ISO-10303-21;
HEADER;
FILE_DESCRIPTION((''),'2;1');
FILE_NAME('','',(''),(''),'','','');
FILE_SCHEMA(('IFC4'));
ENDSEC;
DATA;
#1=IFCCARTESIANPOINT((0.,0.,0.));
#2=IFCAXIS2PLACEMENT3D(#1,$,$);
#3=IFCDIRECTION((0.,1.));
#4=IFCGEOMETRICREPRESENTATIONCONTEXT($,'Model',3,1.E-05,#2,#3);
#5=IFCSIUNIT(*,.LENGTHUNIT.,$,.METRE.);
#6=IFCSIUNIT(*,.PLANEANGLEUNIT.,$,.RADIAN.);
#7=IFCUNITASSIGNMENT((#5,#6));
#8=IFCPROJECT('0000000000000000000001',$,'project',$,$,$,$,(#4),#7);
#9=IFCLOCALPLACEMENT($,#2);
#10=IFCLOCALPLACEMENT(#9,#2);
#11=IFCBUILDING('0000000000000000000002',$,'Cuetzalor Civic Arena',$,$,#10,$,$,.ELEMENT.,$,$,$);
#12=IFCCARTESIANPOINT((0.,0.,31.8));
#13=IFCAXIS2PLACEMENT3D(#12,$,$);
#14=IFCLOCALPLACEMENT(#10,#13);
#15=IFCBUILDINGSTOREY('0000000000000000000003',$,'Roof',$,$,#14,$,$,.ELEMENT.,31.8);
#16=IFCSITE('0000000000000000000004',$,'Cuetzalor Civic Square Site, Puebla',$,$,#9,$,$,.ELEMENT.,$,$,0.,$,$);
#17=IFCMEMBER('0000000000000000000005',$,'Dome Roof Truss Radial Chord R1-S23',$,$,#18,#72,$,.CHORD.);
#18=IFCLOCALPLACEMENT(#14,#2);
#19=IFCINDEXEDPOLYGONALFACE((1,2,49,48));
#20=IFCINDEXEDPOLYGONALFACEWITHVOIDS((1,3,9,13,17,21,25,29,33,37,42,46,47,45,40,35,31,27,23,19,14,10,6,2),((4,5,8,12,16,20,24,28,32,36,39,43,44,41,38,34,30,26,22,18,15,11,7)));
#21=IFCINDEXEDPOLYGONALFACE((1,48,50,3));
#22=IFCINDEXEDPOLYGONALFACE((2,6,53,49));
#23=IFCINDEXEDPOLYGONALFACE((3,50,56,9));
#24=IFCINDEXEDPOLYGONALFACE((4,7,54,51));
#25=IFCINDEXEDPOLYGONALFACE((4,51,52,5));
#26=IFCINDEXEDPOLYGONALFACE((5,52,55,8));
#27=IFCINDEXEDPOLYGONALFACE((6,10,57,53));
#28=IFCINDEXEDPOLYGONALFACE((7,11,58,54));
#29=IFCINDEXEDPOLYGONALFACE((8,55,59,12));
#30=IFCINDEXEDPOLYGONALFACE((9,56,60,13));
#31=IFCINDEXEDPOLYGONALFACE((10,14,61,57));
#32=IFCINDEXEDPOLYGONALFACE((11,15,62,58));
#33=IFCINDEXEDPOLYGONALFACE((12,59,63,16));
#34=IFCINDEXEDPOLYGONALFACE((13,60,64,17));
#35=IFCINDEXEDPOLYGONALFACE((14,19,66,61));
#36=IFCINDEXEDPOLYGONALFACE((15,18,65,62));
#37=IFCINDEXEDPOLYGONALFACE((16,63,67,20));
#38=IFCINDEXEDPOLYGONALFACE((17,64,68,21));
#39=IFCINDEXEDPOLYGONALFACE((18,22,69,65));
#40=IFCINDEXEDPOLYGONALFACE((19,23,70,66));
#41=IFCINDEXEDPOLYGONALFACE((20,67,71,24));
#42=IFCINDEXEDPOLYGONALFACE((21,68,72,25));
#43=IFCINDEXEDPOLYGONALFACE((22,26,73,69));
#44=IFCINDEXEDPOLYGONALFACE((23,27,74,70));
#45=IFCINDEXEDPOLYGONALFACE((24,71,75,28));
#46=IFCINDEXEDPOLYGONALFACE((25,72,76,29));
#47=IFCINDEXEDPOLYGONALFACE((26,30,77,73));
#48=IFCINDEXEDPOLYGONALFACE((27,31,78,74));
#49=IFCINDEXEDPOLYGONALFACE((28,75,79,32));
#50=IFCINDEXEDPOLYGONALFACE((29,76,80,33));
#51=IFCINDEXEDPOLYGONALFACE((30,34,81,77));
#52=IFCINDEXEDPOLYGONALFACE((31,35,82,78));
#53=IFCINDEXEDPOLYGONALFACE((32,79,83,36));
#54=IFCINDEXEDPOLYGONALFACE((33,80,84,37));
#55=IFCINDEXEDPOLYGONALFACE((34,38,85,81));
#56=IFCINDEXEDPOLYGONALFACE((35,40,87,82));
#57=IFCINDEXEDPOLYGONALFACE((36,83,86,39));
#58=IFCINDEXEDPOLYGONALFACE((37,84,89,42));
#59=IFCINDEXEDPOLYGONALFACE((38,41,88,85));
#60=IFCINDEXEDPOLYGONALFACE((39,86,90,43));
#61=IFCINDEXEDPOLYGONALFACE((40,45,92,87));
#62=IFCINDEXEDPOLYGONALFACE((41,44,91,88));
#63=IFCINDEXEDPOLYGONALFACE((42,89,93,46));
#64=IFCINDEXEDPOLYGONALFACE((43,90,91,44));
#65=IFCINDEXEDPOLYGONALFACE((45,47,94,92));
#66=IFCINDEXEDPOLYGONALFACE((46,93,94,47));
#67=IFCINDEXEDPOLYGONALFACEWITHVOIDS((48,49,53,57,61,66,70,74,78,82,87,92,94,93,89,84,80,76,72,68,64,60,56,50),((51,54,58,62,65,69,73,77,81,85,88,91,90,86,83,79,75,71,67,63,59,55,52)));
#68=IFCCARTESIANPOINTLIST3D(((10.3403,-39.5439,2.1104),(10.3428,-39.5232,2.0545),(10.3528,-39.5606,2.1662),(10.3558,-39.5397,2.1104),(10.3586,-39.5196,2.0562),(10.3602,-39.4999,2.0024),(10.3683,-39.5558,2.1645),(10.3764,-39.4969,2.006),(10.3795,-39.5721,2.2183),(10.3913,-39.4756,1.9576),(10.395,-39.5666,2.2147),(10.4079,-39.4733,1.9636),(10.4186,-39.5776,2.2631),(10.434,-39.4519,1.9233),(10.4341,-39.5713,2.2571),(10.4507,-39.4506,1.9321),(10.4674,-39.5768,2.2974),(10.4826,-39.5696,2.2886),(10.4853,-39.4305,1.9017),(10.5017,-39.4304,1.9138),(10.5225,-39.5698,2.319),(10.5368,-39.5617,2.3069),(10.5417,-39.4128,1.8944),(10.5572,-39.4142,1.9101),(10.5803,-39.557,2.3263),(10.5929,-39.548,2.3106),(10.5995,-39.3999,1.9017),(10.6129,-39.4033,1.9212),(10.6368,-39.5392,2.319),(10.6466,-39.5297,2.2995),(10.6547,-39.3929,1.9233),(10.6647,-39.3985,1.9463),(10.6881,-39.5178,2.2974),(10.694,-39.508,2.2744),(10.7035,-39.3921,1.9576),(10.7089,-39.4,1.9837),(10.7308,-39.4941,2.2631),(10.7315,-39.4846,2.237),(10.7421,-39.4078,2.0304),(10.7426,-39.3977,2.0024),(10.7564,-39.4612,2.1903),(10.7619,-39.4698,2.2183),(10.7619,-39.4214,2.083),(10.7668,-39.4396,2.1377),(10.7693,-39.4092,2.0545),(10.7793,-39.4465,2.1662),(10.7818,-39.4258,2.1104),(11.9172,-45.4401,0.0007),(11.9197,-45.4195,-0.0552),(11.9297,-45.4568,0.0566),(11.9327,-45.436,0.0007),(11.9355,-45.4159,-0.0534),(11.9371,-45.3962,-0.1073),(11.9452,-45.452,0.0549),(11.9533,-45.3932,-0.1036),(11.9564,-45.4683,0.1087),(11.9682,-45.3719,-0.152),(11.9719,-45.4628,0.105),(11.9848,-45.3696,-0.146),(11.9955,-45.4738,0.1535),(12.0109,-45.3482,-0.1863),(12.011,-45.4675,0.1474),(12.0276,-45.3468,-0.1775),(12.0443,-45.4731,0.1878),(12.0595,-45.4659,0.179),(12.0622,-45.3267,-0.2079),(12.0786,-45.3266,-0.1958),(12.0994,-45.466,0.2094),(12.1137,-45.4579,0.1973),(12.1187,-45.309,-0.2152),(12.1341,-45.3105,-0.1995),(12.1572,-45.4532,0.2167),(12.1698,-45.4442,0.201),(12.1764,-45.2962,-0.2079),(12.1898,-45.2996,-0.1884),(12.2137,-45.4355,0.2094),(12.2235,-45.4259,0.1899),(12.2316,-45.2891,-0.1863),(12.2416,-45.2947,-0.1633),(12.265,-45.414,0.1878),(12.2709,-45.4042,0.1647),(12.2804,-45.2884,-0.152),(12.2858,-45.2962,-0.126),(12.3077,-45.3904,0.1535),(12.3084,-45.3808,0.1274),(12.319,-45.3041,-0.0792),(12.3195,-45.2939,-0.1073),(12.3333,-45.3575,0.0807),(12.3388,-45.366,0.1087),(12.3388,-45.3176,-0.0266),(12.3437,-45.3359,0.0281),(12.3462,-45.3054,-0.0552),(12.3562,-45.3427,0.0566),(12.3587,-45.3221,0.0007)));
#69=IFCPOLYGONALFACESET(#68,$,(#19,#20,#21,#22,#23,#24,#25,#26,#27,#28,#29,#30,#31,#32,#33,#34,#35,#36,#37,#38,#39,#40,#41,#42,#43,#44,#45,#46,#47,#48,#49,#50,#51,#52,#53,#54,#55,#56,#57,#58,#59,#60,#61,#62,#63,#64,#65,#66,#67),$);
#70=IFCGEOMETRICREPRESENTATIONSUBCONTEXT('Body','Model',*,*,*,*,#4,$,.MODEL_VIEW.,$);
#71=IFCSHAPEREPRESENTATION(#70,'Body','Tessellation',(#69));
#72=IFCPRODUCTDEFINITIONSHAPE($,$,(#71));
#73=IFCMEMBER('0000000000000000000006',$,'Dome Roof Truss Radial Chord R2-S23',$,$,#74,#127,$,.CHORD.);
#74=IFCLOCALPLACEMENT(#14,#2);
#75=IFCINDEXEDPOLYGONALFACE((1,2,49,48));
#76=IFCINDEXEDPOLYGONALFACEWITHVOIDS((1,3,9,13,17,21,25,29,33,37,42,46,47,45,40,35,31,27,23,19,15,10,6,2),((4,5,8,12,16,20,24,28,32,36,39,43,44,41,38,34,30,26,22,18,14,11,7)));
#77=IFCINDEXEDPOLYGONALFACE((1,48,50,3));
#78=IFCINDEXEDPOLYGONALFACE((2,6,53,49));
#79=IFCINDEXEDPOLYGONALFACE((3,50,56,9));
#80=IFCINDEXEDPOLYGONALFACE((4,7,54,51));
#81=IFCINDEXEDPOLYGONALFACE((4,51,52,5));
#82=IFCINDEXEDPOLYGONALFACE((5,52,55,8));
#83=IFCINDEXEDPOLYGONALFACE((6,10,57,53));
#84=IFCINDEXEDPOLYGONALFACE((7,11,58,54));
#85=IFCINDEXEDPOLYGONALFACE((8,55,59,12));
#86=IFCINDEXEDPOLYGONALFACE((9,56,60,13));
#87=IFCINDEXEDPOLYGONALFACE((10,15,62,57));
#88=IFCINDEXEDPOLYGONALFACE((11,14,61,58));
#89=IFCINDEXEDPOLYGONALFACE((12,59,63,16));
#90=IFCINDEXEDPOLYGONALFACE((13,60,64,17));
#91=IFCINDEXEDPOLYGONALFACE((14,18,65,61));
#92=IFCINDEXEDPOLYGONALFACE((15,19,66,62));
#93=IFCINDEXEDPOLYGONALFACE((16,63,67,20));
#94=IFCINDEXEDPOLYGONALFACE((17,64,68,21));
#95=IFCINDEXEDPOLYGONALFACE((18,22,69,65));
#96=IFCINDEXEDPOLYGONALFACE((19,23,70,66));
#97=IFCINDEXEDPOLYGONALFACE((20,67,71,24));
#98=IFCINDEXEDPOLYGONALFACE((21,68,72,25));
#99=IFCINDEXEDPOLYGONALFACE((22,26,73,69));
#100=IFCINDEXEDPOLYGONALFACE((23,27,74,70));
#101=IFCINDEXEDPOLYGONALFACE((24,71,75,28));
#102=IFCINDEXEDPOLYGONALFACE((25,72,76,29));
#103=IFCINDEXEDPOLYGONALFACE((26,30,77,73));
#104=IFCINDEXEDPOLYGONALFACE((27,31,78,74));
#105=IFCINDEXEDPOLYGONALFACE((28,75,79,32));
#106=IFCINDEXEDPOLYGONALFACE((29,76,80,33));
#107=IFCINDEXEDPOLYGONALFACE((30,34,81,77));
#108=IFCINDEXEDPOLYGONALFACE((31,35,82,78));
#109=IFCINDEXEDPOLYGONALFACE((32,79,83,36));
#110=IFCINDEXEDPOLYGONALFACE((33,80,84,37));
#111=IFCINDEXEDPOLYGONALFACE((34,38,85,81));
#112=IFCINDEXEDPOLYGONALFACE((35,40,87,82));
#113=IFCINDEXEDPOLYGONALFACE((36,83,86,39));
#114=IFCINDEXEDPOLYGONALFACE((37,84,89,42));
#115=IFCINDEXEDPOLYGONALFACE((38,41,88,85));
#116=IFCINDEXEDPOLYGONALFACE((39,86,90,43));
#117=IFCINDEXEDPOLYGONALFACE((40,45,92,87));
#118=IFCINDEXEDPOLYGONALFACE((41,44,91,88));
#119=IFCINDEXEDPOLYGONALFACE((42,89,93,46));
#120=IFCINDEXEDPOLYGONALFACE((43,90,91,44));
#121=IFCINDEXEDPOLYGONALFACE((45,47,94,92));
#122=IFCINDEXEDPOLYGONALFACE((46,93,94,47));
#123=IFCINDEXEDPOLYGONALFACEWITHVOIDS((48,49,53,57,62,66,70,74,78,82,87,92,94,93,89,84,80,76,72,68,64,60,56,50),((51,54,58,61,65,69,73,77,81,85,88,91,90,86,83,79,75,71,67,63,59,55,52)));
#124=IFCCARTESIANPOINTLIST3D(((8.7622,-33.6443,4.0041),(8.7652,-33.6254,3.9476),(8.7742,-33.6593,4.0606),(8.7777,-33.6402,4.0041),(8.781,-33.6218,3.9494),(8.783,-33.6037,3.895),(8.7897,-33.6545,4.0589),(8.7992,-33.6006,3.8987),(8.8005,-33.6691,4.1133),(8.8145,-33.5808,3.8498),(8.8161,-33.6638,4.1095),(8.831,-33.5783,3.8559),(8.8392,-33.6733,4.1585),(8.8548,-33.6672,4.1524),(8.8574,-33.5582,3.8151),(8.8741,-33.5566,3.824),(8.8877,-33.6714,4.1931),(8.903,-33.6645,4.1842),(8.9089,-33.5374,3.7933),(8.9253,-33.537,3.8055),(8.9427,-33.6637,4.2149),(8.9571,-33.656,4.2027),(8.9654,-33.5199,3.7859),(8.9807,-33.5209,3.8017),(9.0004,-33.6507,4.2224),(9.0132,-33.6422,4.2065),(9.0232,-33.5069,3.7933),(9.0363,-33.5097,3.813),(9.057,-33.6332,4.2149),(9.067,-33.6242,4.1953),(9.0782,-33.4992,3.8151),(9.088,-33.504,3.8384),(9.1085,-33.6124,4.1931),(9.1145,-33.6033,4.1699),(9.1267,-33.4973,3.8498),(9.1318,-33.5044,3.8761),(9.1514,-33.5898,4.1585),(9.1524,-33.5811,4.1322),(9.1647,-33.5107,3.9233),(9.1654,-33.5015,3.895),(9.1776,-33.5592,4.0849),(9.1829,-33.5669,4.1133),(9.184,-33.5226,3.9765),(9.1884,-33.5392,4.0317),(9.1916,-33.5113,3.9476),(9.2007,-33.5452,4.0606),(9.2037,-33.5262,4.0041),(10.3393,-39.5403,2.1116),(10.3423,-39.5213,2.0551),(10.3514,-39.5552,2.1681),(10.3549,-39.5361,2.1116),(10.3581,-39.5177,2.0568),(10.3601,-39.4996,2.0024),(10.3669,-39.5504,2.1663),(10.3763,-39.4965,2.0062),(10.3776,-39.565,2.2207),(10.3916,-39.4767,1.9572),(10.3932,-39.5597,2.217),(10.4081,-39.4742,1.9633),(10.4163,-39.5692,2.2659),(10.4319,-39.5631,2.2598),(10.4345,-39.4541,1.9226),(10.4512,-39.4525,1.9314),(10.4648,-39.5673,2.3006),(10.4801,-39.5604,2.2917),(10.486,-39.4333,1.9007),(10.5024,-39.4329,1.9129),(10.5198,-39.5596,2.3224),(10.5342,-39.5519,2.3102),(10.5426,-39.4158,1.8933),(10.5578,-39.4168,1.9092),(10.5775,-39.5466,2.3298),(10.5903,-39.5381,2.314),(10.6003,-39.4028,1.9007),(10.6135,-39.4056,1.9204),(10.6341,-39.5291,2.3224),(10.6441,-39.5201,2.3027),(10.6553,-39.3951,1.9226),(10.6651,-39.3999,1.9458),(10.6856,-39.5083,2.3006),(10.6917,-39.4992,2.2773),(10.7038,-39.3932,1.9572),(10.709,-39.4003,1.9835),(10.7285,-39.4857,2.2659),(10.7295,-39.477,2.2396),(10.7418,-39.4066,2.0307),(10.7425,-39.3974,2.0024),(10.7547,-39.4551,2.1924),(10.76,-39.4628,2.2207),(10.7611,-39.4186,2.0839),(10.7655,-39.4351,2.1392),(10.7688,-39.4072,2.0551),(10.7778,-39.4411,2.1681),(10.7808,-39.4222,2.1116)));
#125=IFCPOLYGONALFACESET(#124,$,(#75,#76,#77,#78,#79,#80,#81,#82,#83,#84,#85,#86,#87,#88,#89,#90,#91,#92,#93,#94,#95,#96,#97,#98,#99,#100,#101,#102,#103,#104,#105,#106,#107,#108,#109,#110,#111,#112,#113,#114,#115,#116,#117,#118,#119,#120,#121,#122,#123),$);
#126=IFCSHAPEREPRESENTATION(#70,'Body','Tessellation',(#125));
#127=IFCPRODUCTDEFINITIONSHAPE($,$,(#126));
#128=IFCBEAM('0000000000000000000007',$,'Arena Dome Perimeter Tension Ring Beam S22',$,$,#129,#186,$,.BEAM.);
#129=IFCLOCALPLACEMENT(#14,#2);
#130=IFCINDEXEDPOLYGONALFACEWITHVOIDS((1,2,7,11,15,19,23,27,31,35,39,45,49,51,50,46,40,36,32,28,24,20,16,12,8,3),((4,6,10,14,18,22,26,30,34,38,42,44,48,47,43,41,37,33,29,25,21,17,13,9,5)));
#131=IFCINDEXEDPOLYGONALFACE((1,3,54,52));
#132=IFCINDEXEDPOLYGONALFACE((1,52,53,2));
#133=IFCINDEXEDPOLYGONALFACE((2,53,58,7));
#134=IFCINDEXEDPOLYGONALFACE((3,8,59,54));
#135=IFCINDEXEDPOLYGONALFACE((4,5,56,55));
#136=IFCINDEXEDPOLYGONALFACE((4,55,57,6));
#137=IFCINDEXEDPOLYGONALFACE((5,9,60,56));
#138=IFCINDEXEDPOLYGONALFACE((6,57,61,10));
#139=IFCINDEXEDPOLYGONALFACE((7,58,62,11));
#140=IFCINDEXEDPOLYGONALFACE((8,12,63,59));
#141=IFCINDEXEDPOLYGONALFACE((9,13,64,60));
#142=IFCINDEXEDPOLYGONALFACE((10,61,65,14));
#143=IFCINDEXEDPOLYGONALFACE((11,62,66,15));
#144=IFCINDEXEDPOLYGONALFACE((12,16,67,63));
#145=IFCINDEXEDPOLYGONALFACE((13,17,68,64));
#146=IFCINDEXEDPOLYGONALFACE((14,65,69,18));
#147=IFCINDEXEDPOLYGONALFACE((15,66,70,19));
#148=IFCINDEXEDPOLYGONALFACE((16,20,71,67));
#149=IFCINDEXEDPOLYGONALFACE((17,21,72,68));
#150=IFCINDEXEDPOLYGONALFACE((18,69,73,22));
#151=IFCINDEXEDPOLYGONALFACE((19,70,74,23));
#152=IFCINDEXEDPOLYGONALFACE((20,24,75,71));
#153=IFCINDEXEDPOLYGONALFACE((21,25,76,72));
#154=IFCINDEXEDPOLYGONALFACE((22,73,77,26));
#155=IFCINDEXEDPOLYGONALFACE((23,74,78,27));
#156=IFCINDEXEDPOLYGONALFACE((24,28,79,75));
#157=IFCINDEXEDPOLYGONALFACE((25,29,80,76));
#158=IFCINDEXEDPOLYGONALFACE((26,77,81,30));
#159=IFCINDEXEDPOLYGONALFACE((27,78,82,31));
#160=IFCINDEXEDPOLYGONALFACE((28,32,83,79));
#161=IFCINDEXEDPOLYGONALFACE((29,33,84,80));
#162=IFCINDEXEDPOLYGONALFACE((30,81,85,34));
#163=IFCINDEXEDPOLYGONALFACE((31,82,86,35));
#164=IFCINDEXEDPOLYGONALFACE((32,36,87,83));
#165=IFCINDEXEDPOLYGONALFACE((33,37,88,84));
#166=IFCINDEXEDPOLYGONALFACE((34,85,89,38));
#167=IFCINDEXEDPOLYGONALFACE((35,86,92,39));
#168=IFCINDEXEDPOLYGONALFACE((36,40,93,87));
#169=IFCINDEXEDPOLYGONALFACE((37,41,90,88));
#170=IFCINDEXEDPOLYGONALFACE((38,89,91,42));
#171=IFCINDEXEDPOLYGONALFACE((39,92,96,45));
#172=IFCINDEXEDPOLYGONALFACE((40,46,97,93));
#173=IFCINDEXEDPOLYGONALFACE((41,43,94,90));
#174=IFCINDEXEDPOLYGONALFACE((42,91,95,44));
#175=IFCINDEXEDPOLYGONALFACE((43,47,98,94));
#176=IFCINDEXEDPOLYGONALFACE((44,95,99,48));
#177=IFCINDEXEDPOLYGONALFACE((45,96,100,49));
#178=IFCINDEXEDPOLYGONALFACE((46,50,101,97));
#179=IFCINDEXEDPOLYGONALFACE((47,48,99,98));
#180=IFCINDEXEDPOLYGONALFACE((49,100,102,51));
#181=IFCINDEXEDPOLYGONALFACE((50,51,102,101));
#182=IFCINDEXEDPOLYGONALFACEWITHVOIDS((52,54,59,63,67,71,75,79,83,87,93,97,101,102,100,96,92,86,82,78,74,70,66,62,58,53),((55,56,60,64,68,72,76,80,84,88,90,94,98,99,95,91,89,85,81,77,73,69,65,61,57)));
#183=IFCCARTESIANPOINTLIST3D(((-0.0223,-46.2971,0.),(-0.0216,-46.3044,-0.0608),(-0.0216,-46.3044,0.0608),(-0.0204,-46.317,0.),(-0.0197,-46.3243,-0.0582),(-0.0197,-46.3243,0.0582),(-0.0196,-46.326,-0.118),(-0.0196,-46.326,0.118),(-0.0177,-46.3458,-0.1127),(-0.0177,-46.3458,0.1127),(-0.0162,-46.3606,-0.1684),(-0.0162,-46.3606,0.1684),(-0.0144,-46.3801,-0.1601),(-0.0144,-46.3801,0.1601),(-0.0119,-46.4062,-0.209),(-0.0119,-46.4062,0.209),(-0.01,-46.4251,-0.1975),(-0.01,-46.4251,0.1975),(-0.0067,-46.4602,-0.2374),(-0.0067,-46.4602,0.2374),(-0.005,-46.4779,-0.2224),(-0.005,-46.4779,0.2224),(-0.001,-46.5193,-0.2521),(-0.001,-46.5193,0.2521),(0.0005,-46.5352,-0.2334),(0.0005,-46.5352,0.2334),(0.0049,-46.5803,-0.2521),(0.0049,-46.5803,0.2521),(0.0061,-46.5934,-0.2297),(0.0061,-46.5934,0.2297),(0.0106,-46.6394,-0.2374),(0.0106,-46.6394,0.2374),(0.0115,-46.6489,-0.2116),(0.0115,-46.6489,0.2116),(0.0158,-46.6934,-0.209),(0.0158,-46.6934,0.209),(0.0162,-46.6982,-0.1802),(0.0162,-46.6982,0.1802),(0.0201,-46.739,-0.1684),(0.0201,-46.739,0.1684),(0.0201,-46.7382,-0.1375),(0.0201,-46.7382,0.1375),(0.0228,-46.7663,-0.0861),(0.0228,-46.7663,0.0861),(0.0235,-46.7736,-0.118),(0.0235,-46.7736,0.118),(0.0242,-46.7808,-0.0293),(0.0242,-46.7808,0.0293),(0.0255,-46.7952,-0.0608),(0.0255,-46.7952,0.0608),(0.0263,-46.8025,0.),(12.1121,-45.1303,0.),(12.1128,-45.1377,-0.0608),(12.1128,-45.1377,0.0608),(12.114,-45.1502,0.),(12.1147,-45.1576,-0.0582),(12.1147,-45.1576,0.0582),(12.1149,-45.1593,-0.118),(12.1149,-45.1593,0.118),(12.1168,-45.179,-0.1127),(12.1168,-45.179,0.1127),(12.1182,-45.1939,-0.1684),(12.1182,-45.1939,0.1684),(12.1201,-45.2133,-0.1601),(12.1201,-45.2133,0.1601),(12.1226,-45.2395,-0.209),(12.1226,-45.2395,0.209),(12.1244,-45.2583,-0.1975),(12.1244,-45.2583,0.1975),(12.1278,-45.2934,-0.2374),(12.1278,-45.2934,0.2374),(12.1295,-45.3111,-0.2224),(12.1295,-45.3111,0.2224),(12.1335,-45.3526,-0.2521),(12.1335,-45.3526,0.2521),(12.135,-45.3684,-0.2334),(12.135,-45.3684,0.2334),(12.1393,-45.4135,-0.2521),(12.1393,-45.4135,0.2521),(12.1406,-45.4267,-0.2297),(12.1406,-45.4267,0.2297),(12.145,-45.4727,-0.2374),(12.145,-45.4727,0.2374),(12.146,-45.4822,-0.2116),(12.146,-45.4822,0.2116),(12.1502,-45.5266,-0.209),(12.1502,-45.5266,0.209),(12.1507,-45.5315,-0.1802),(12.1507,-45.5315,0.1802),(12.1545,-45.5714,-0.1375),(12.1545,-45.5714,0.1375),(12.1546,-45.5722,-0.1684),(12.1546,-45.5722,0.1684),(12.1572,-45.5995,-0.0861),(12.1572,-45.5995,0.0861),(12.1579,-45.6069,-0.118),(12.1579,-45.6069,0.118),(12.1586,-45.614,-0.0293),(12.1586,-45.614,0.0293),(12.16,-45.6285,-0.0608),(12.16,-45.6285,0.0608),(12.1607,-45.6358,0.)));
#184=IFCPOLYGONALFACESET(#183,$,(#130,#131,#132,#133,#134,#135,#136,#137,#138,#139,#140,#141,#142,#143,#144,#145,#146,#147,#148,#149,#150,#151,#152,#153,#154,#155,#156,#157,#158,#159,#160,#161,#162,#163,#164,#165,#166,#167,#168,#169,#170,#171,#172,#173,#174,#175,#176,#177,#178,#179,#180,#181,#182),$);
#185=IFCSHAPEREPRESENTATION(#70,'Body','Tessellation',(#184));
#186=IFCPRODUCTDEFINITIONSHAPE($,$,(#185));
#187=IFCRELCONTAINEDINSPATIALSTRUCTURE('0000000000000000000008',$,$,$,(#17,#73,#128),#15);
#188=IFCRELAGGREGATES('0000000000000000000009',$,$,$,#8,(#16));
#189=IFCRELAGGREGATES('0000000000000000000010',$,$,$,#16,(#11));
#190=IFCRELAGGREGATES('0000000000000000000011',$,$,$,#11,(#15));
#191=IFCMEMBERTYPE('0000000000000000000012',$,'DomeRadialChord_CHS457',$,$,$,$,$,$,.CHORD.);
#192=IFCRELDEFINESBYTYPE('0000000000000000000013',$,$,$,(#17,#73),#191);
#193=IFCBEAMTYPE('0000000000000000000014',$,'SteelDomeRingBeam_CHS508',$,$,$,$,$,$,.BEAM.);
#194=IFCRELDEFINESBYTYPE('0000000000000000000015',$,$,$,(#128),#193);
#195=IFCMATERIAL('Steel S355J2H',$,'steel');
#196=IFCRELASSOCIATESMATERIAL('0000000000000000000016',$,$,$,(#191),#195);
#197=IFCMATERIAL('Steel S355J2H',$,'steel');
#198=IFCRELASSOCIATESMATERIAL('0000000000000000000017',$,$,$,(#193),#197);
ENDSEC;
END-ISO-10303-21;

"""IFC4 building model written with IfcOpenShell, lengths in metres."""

from ifc_helpers import new_model, si_unit, direction, frame, origin, origin_2d, place, context, subcontext, project, spatial, hollow_circle, extrude, material, material_profile, profile_set, type_object, element, save


model = new_model("IFC4")

# Units and contexts
model_context = context("Model", 3, precision=1e-05, world=origin(), true_north=direction((0.0, 1.0)))
body_context = subcontext(model_context, "Body", "Model", "MODEL_VIEW")
ifc_project = project(units=[si_unit("LENGTHUNIT", "METRE"), si_unit("PLANEANGLEUNIT", "RADIAN")], contexts=[model_context])

# Site, building, storey
site_placement = place(None, origin())
site = spatial("IfcSite", under=ifc_project, at=site_placement, Name="Cuetzalor Civic Square Site, Puebla", CompositionType="ELEMENT", RefElevation=0.0)
building_placement = place(site_placement, origin())
building = spatial("IfcBuilding", under=site, at=building_placement, Name="Cuetzalor Civic Arena", CompositionType="ELEMENT")
storey_placement = place(building_placement, frame((0.0, 0.0, 31.8)))
storey = spatial("IfcBuildingStorey", under=building, at=storey_placement, Name="Roof", CompositionType="ELEMENT", Elevation=31.8)

# Members
ifc_material_1 = material(Name="Steel S355J2H", Category="steel")
ifc_material_profile_1 = material_profile(ifc_material_1, hollow_circle(Radius=0.2285, WallThickness=0.0161, at=origin_2d()), Name="CHS 457x16")
ifc_profile_set_1 = profile_set([ifc_material_profile_1], Name="Steel S355J2H")
member_type_1 = type_object("IfcMemberType", Name="DomeRadialChord_CHS457", PredefinedType="CHORD", material=ifc_profile_set_1)
member_1_placement = place(storey_placement, frame((12.1379, -45.3811, 0.0007), z_axis=(-0.244187, 0.913046, 0.326679), x_axis=(-0.966048, -0.258362, 0.0)))
element("IfcMember", 1, at=member_1_placement, inside=storey, type_object=member_type_1, Name="Dome Roof Truss Radial Chord R1-S23", PredefinedType="CHORD", context=body_context, shape_type="SweptSolid", body=[
    extrude(hollow_circle(Radius=0.2285, WallThickness=0.0161, at=origin_2d()), origin(), (0.0, 0.0, 1.0), 6.4578),
])
member_2_placement = place(storey_placement, frame((10.5601, -39.4812, 2.1116), z_axis=(-0.246815, 0.922692, 0.296178), x_axis=(-0.966035, -0.258409, 0.0)))
element("IfcMember", 2, at=member_2_placement, inside=storey, type_object=member_type_1, Name="Dome Roof Truss Radial Chord R2-S23", PredefinedType="CHORD", context=body_context, shape_type="SweptSolid", body=[
    extrude(hollow_circle(Radius=0.2285, WallThickness=0.0161, at=origin_2d()), origin(), (0.0, 0.0, 1.0), 6.3899),
])

# Beam
ifc_material_2 = material(Name="Steel S355J2H", Category="steel")
ifc_material_profile_2 = material_profile(ifc_material_2, hollow_circle(Radius=0.2539, WallThickness=0.02, at=origin_2d()), Name="CHS 508x20")
ifc_profile_set_2 = profile_set([ifc_material_profile_2], Name="Steel S355J2H")
beam_type = type_object("IfcBeamType", Name="SteelDomeRingBeam_CHS508", PredefinedType="BEAM", material=ifc_profile_set_2)
beam_1_placement = place(storey_placement, frame((0.002, -46.5498, 0.0), z_axis=(0.995409, 0.09571, 0.0), x_axis=(-0.09571, 0.995409, 0.0)))
element("IfcBeam", 3, at=beam_1_placement, inside=storey, type_object=beam_type, Name="Arena Dome Perimeter Tension Ring Beam S22", PredefinedType="BEAM", context=body_context, shape_type="SweptSolid", body=[
    extrude(hollow_circle(Radius=0.2539, WallThickness=0.02, at=origin_2d()), origin(), (0.0, 0.0, 1.0), 12.1904),
])

save(model, "model.ifc")
